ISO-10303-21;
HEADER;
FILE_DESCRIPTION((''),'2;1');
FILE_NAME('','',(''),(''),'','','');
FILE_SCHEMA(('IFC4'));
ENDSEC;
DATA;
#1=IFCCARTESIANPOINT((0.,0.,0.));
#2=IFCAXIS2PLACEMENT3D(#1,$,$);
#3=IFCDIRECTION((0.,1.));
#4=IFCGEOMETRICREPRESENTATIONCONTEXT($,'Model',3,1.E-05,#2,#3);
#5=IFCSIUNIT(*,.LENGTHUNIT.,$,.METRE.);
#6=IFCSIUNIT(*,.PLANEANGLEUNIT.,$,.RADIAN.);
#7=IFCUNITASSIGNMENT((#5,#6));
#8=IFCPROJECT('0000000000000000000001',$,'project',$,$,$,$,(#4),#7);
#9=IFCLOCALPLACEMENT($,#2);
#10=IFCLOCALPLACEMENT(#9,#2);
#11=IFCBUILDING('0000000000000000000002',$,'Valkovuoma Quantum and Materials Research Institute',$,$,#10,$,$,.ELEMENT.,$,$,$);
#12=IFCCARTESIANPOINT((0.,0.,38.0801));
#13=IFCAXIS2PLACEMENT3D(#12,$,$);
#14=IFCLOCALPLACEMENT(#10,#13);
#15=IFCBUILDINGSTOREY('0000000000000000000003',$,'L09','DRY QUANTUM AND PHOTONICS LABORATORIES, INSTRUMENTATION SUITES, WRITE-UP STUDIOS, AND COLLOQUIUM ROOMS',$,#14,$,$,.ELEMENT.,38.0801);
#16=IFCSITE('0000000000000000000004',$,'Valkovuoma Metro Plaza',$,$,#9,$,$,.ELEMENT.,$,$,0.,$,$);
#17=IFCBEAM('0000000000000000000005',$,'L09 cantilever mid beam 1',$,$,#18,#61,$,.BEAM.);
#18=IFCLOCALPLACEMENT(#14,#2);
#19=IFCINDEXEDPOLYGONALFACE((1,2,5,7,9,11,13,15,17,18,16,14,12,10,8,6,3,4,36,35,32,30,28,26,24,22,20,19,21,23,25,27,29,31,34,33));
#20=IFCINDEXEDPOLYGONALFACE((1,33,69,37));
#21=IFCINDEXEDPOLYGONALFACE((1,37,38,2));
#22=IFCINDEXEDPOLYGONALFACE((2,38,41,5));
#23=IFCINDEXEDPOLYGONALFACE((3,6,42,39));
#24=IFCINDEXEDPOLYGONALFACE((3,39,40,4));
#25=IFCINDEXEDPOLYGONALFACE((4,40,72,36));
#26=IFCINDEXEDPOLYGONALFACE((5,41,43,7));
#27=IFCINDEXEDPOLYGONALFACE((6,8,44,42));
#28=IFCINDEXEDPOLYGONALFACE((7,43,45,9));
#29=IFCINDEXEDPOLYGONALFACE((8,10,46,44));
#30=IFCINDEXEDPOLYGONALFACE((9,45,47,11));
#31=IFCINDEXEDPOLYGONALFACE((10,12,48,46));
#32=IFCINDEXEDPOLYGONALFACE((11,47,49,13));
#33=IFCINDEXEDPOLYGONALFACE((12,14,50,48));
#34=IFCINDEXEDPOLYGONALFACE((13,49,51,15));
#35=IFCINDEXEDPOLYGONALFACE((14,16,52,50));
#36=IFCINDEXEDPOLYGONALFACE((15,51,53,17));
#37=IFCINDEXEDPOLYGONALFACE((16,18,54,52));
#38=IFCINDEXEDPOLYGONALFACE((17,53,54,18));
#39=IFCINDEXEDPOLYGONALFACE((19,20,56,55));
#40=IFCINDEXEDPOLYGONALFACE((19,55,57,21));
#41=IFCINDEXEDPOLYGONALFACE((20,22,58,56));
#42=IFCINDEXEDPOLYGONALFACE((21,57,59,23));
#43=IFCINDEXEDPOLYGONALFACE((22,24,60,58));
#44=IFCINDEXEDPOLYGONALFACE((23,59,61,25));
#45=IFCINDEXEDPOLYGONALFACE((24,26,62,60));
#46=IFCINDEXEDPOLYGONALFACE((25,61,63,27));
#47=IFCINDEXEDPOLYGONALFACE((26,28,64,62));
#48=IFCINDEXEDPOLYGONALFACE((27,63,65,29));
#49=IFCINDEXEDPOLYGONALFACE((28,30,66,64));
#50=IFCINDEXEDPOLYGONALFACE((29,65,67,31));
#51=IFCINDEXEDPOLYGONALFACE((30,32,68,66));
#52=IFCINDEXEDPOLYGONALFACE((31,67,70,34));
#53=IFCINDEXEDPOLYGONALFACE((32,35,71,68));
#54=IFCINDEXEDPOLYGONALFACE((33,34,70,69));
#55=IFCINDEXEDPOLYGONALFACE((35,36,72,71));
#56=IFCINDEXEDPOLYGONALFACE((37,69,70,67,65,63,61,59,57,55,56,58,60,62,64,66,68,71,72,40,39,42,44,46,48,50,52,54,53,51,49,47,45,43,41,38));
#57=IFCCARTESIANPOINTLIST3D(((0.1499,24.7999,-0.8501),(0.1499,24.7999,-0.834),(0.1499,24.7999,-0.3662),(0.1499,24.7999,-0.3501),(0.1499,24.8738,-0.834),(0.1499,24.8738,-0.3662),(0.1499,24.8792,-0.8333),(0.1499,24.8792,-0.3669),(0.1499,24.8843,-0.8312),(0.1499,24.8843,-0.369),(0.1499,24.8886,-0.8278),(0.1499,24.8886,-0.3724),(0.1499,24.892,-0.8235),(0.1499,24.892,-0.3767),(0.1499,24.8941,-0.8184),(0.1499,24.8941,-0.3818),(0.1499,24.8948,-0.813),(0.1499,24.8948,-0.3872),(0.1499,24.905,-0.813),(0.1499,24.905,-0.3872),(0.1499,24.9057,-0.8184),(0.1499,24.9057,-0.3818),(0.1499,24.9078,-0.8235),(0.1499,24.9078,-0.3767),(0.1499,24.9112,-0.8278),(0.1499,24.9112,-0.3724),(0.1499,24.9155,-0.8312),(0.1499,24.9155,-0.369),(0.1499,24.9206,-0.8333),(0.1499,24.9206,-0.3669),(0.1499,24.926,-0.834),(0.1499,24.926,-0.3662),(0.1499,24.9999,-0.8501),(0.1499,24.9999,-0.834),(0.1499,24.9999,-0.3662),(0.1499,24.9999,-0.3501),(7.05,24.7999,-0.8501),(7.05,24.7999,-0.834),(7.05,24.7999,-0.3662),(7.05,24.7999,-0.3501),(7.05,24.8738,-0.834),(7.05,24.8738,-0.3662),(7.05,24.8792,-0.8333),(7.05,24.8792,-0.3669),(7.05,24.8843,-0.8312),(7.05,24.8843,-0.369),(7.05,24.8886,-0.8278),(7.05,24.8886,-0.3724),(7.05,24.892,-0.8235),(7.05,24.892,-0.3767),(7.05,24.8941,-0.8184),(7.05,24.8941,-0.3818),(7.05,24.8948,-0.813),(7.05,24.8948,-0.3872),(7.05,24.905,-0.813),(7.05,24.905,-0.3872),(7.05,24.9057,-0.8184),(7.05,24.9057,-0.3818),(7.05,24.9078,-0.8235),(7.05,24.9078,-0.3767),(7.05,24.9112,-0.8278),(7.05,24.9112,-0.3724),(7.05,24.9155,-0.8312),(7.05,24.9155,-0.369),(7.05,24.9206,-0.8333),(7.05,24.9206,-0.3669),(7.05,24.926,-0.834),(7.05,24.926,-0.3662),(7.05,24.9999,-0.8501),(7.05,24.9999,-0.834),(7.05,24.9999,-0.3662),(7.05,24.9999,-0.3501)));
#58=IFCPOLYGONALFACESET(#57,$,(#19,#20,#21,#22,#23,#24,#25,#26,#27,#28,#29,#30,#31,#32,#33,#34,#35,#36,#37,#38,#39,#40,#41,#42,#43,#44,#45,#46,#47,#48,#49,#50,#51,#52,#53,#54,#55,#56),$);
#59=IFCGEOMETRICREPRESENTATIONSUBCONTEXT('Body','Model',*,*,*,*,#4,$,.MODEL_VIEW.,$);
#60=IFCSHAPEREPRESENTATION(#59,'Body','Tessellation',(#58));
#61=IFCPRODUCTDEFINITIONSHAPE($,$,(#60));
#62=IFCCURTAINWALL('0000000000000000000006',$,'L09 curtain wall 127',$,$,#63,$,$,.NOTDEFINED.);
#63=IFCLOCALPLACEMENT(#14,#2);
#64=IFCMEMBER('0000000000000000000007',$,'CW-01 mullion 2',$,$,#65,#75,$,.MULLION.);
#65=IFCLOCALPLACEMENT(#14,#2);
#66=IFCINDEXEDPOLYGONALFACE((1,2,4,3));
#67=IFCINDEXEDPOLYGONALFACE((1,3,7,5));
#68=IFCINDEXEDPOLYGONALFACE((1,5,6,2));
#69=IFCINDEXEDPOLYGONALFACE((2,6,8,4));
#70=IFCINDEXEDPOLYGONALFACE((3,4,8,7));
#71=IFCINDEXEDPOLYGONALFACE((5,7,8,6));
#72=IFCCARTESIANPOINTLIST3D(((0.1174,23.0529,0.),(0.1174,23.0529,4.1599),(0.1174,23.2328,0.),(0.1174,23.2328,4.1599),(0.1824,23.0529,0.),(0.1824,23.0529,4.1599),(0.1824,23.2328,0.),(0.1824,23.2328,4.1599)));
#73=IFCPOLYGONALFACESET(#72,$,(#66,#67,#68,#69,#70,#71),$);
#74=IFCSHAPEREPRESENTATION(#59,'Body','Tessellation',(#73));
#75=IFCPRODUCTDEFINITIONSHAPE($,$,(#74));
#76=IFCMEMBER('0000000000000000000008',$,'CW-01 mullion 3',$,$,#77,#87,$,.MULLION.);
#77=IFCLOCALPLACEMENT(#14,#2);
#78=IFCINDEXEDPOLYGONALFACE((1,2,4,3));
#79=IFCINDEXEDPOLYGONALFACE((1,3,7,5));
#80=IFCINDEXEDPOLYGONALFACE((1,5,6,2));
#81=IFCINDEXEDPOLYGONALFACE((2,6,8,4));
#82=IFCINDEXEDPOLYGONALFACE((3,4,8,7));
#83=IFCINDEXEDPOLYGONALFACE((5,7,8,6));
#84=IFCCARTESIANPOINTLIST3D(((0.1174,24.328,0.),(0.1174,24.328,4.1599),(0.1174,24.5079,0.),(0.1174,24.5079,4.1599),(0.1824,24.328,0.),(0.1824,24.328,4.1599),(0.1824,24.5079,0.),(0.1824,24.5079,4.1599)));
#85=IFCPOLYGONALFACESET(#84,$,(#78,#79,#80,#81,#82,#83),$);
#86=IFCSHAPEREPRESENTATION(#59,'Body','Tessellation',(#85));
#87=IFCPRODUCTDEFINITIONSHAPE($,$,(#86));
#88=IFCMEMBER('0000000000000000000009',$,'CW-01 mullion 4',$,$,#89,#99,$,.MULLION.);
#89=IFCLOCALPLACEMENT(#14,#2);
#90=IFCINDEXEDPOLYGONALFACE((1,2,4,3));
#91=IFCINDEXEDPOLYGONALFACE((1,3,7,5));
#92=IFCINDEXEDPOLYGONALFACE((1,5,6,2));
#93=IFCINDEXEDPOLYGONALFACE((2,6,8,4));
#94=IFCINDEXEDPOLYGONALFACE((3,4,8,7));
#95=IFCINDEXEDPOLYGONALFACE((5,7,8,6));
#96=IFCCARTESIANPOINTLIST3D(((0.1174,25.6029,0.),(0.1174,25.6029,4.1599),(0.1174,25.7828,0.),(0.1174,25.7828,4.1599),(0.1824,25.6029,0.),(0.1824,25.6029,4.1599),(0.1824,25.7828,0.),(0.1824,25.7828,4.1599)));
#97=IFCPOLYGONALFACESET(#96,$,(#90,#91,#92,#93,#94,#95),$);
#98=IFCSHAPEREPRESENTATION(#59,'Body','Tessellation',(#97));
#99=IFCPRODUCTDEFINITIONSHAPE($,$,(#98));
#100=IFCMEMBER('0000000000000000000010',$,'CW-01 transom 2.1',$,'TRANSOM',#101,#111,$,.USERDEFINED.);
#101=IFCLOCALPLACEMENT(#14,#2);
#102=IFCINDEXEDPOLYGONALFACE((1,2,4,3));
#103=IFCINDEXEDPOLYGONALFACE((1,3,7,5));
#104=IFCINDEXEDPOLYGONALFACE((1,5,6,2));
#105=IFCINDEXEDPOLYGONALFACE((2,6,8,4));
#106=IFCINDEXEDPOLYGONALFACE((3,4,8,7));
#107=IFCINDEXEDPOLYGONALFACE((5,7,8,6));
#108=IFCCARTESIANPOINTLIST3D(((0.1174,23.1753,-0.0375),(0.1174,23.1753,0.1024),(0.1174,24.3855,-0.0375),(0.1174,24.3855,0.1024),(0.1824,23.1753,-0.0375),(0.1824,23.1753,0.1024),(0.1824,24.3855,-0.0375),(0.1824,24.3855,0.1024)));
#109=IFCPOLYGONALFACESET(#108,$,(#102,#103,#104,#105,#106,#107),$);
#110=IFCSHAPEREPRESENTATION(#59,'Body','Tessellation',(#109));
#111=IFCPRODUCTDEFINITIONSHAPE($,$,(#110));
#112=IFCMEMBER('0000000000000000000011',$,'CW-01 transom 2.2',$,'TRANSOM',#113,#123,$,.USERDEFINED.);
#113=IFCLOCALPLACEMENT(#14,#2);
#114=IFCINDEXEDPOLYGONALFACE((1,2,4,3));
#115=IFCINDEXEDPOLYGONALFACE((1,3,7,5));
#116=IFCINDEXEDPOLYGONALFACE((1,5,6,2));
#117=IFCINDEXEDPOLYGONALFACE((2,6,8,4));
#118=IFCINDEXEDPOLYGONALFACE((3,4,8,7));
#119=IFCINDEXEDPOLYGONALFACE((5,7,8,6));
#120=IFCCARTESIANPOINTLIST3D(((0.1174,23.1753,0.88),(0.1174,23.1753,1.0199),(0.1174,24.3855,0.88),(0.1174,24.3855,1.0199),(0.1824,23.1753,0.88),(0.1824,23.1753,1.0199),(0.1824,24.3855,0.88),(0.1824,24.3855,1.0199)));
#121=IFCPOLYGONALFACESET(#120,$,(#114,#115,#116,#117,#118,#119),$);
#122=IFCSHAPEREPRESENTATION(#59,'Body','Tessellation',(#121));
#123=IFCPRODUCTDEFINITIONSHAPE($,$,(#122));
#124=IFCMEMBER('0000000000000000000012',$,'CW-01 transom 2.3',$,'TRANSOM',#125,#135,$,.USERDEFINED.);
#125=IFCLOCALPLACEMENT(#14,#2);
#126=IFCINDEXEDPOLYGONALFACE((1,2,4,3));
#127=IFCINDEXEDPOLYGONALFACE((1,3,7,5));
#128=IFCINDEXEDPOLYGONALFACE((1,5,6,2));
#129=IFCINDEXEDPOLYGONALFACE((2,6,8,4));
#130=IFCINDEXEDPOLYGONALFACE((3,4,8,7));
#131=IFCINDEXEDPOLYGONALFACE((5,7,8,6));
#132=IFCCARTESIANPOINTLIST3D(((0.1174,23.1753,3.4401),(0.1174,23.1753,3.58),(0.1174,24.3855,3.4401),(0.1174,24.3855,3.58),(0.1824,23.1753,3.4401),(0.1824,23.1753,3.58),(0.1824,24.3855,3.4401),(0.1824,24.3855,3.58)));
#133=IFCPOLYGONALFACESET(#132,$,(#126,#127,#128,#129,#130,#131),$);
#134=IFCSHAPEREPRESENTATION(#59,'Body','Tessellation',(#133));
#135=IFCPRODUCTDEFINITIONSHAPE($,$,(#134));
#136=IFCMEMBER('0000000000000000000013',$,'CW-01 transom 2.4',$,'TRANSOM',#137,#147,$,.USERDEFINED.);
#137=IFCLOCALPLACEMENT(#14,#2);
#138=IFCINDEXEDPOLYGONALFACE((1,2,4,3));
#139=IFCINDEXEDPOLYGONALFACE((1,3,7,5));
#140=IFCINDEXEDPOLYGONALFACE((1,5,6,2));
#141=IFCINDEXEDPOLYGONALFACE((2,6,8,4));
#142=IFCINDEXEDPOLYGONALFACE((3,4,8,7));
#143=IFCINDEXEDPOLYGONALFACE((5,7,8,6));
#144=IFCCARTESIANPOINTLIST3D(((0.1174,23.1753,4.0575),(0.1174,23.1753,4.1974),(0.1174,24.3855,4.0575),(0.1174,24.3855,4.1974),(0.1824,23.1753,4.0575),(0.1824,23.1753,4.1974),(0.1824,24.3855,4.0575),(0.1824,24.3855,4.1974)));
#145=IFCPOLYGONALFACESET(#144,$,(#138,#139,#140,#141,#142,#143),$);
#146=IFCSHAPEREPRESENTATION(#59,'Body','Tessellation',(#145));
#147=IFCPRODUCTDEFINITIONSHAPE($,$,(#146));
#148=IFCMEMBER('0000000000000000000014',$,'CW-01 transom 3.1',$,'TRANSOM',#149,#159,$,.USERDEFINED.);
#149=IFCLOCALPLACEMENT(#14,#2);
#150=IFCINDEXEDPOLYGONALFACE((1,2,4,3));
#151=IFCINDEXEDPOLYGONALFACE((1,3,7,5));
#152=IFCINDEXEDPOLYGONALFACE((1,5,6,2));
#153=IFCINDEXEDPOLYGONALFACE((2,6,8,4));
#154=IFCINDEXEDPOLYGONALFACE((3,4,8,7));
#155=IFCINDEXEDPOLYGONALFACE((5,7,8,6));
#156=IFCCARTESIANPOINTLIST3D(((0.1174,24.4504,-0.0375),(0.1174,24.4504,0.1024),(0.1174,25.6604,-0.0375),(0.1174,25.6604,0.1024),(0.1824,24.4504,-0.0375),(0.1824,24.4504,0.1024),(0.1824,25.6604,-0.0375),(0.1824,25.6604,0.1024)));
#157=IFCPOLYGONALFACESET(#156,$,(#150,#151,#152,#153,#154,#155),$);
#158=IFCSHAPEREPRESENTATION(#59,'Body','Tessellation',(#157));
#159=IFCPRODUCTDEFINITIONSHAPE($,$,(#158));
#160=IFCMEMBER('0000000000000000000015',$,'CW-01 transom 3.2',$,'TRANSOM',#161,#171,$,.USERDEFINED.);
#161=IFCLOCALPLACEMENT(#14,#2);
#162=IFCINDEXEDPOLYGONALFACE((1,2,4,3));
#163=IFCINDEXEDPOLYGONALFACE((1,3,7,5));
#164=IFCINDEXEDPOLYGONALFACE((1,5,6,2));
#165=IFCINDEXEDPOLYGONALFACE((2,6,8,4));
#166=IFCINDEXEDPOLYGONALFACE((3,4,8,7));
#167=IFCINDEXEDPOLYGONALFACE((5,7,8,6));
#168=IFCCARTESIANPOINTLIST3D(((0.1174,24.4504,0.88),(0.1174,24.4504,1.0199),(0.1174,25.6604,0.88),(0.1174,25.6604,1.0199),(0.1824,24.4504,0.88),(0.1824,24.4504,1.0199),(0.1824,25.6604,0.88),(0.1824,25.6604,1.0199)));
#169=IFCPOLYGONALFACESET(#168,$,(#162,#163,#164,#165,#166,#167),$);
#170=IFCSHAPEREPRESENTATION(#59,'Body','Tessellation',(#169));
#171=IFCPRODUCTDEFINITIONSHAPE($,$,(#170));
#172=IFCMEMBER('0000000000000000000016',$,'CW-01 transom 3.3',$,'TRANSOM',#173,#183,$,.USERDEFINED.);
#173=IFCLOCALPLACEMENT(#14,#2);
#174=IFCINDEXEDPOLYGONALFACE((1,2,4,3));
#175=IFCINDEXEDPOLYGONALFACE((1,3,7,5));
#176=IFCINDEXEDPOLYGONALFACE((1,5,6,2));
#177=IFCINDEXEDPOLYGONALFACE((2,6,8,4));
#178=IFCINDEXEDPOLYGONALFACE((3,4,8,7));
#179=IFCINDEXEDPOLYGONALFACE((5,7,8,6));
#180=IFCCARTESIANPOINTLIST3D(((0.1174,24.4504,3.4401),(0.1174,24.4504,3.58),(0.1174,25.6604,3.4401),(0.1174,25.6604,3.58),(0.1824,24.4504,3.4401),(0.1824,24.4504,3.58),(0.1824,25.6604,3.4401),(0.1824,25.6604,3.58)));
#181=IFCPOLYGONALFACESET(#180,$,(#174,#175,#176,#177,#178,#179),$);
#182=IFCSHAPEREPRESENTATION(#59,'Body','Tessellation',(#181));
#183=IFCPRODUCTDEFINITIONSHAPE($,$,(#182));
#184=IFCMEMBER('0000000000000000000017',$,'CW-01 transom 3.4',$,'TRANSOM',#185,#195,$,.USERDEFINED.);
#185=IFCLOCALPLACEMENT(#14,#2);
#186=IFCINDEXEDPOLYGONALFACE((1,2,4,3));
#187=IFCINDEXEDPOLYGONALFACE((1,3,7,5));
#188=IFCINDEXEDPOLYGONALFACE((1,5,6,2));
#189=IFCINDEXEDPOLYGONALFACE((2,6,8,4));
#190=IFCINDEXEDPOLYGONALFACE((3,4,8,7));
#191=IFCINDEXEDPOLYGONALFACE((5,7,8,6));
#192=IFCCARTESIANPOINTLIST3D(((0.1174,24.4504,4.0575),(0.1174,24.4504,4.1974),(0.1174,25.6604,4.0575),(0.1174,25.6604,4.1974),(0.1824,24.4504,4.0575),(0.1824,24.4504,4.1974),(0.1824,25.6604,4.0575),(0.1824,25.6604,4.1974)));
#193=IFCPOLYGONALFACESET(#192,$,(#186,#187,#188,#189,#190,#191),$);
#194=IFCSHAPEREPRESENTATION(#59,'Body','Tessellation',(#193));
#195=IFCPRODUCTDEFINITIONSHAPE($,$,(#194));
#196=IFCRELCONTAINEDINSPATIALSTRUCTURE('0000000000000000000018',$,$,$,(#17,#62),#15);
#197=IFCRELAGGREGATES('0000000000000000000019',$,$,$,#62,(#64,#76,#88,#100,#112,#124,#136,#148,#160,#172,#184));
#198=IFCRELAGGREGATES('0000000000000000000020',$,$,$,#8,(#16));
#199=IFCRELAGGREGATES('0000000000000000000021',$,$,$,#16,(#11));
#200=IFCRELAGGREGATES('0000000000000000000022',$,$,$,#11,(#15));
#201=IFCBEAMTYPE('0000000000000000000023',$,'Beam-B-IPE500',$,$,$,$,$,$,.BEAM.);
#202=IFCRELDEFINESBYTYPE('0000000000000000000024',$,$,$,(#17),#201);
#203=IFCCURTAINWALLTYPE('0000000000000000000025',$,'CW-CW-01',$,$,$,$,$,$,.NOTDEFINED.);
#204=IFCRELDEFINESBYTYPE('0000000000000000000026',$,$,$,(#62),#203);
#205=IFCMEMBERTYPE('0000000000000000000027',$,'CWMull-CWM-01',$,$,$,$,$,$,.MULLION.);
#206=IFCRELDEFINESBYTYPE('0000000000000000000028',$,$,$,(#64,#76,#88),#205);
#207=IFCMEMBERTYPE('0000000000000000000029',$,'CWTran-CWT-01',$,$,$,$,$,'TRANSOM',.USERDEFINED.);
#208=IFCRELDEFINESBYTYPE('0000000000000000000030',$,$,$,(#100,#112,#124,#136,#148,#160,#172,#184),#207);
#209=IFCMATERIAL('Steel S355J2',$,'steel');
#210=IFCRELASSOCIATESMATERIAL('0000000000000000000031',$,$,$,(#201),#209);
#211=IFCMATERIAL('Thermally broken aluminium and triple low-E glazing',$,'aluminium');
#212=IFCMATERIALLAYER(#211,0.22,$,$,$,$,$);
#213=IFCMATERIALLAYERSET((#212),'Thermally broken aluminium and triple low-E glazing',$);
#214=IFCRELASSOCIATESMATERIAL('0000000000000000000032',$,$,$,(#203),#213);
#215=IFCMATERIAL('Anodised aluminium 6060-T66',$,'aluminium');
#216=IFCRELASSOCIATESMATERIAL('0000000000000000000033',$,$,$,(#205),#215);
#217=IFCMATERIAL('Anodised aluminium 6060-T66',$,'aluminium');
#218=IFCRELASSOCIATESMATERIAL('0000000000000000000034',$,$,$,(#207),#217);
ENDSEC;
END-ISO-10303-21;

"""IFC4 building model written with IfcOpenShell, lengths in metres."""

from ifc_helpers import new_model, si_unit, direction, frame, origin, origin_2d, place, context, subcontext, project, spatial, rectangle, i_section, extrude, material, layer, layer_set, material_profile, profile_set, type_object, element, aggregate, save


model = new_model("IFC4")

# Units and contexts
model_context = context("Model", 3, precision=1e-05, world=origin(), true_north=direction((0.0, 1.0)))
body_context = subcontext(model_context, "Body", "Model", "MODEL_VIEW")
ifc_project = project(units=[si_unit("LENGTHUNIT", "METRE"), si_unit("PLANEANGLEUNIT", "RADIAN")], contexts=[model_context])

# Site, building, storey
site_placement = place(None, origin())
site = spatial("IfcSite", under=ifc_project, at=site_placement, Name="Valkovuoma Metro Plaza", CompositionType="ELEMENT", RefElevation=0.0)
building_placement = place(site_placement, origin())
building = spatial("IfcBuilding", under=site, at=building_placement, Name="Valkovuoma Quantum and Materials Research Institute", CompositionType="ELEMENT")
storey_placement = place(building_placement, frame((0.0, 0.0, 38.0801)))
storey = spatial("IfcBuildingStorey", under=building, at=storey_placement, Name="L09", Description="DRY QUANTUM AND PHOTONICS LABORATORIES, INSTRUMENTATION SUITES, WRITE-UP STUDIOS, AND COLLOQUIUM ROOMS", CompositionType="ELEMENT", Elevation=38.0801)

# Beam
ifc_material_1 = material(Name="Steel S355J2", Category="steel")
ifc_material_profile_1 = material_profile(ifc_material_1, i_section(OverallWidth=0.2, OverallDepth=0.5, WebThickness=0.0103, FlangeThickness=0.0161, FilletRadius=0.021, at=origin_2d()), Name="Steel S355J2")
ifc_profile_set_1 = profile_set([ifc_material_profile_1], Name="Steel S355J2")
beam_type = type_object("IfcBeamType", Name="Beam-B-IPE500", PredefinedType="BEAM", material=ifc_profile_set_1)
beam_placement = place(storey_placement, frame((0.1499, 24.8999, -0.6001), z_axis=(1.0, 0.0, 0.0), x_axis=(0.0, 1.0, 0.0)))
element("IfcBeam", 1, at=beam_placement, inside=storey, type_object=beam_type, Name="L09 cantilever mid beam 1", PredefinedType="BEAM", context=body_context, shape_type="SweptSolid", body=[
    extrude(i_section(OverallWidth=0.2, OverallDepth=0.5, WebThickness=0.0103, FlangeThickness=0.0161, FilletRadius=0.021, at=origin_2d()), origin(), (0.0, 0.0, 1.0), 6.9001),
])

# Curtain wall, members
ifc_material_2 = material(Name="Thermally broken aluminium and triple low-E glazing", Category="aluminium")
ifc_layer_1 = layer(ifc_material_2, 0.22)
ifc_layer_set_1 = layer_set([ifc_layer_1], Name="Thermally broken aluminium and triple low-E glazing")
curtain_wall_type = type_object("IfcCurtainWallType", Name="CW-CW-01", PredefinedType="NOTDEFINED", material=ifc_layer_set_1)
curtain_wall_placement = place(storey_placement, origin())
curtain_wall = element("IfcCurtainWall", 2, at=curtain_wall_placement, inside=storey, type_object=curtain_wall_type, Name="L09 curtain wall 127", PredefinedType="NOTDEFINED")
ifc_material_3 = material(Name="Anodised aluminium 6060-T66", Category="aluminium")
ifc_material_profile_2 = material_profile(ifc_material_3, rectangle(XDim=0.0649, YDim=0.1799, at=origin_2d()), Name="Anodised aluminium 6060-T66")
ifc_profile_set_2 = profile_set([ifc_material_profile_2], Name="Anodised aluminium 6060-T66")
member_type_1 = type_object("IfcMemberType", Name="CWMull-CWM-01", PredefinedType="MULLION", material=ifc_profile_set_2)
member_1_placement = place(storey_placement, frame((0.1499, 23.1428, 0.0), z_axis=(0.0, 0.0, 1.0), x_axis=(-1.0, 0.0, 0.0)))
member_1 = element("IfcMember", 3, at=member_1_placement, type_object=member_type_1, Name="CW-01 mullion 2", PredefinedType="MULLION", context=body_context, shape_type="SweptSolid", body=[
    extrude(rectangle(XDim=0.0649, YDim=0.1799, at=origin_2d()), origin(), (0.0, 0.0, 1.0), 4.1599),
])
member_2_placement = place(storey_placement, frame((0.1499, 24.418, 0.0), z_axis=(0.0, 0.0, 1.0), x_axis=(-1.0, 0.0, 0.0)))
member_2 = element("IfcMember", 4, at=member_2_placement, type_object=member_type_1, Name="CW-01 mullion 3", PredefinedType="MULLION", context=body_context, shape_type="SweptSolid", body=[
    extrude(rectangle(XDim=0.0649, YDim=0.1799, at=origin_2d()), origin(), (0.0, 0.0, 1.0), 4.1599),
])
member_3_placement = place(storey_placement, frame((0.1499, 25.6929, 0.0), z_axis=(0.0, 0.0, 1.0), x_axis=(-1.0, 0.0, 0.0)))
member_3 = element("IfcMember", 5, at=member_3_placement, type_object=member_type_1, Name="CW-01 mullion 4", PredefinedType="MULLION", context=body_context, shape_type="SweptSolid", body=[
    extrude(rectangle(XDim=0.0649, YDim=0.1799, at=origin_2d()), origin(), (0.0, 0.0, 1.0), 4.1599),
])
ifc_material_4 = material(Name="Anodised aluminium 6060-T66", Category="aluminium")
ifc_material_profile_3 = material_profile(ifc_material_4, rectangle(XDim=0.0649, YDim=0.1399, at=origin_2d()), Name="Anodised aluminium 6060-T66")
ifc_profile_set_3 = profile_set([ifc_material_profile_3], Name="Anodised aluminium 6060-T66")
member_type_2 = type_object("IfcMemberType", Name="CWTran-CWT-01", ElementType="TRANSOM", PredefinedType="USERDEFINED", material=ifc_profile_set_3)
member_4_placement = place(storey_placement, frame((0.1499, 23.1753, 0.0325), z_axis=(0.0, 1.0, 0.0), x_axis=(-1.0, 0.0, 0.0)))
member_4 = element("IfcMember", 6, at=member_4_placement, type_object=member_type_2, Name="CW-01 transom 2.1", ObjectType="TRANSOM", PredefinedType="USERDEFINED", context=body_context, shape_type="SweptSolid", body=[
    extrude(rectangle(XDim=0.0649, YDim=0.1399, at=origin_2d()), origin(), (0.0, 0.0, 1.0), 1.2102),
])
member_5_placement = place(storey_placement, frame((0.1499, 23.1753, 0.95), z_axis=(0.0, 1.0, 0.0), x_axis=(-1.0, 0.0, 0.0)))
member_5 = element("IfcMember", 7, at=member_5_placement, type_object=member_type_2, Name="CW-01 transom 2.2", ObjectType="TRANSOM", PredefinedType="USERDEFINED", context=body_context, shape_type="SweptSolid", body=[
    extrude(rectangle(XDim=0.0649, YDim=0.1399, at=origin_2d()), origin(), (0.0, 0.0, 1.0), 1.2102),
])
member_6_placement = place(storey_placement, frame((0.1499, 23.1753, 3.51), z_axis=(0.0, 1.0, 0.0), x_axis=(-1.0, 0.0, 0.0)))
member_6 = element("IfcMember", 8, at=member_6_placement, type_object=member_type_2, Name="CW-01 transom 2.3", ObjectType="TRANSOM", PredefinedType="USERDEFINED", context=body_context, shape_type="SweptSolid", body=[
    extrude(rectangle(XDim=0.0649, YDim=0.1399, at=origin_2d()), origin(), (0.0, 0.0, 1.0), 1.2102),
])
member_7_placement = place(storey_placement, frame((0.1499, 23.1753, 4.1274), z_axis=(0.0, 1.0, 0.0), x_axis=(-1.0, 0.0, 0.0)))
member_7 = element("IfcMember", 9, at=member_7_placement, type_object=member_type_2, Name="CW-01 transom 2.4", ObjectType="TRANSOM", PredefinedType="USERDEFINED", context=body_context, shape_type="SweptSolid", body=[
    extrude(rectangle(XDim=0.0649, YDim=0.1399, at=origin_2d()), origin(), (0.0, 0.0, 1.0), 1.2102),
])
member_8_placement = place(storey_placement, frame((0.1499, 24.4504, 0.0325), z_axis=(0.0, 1.0, 0.0), x_axis=(-1.0, 0.0, 0.0)))
member_8 = element("IfcMember", 10, at=member_8_placement, type_object=member_type_2, Name="CW-01 transom 3.1", ObjectType="TRANSOM", PredefinedType="USERDEFINED", context=body_context, shape_type="SweptSolid", body=[
    extrude(rectangle(XDim=0.0649, YDim=0.1399, at=origin_2d()), origin(), (0.0, 0.0, 1.0), 1.21),
])
member_9_placement = place(storey_placement, frame((0.1499, 24.4504, 0.95), z_axis=(0.0, 1.0, 0.0), x_axis=(-1.0, 0.0, 0.0)))
member_9 = element("IfcMember", 11, at=member_9_placement, type_object=member_type_2, Name="CW-01 transom 3.2", ObjectType="TRANSOM", PredefinedType="USERDEFINED", context=body_context, shape_type="SweptSolid", body=[
    extrude(rectangle(XDim=0.0649, YDim=0.1399, at=origin_2d()), origin(), (0.0, 0.0, 1.0), 1.21),
])
member_10_placement = place(storey_placement, frame((0.1499, 24.4504, 3.51), z_axis=(0.0, 1.0, 0.0), x_axis=(-1.0, 0.0, 0.0)))
member_10 = element("IfcMember", 12, at=member_10_placement, type_object=member_type_2, Name="CW-01 transom 3.3", ObjectType="TRANSOM", PredefinedType="USERDEFINED", context=body_context, shape_type="SweptSolid", body=[
    extrude(rectangle(XDim=0.0649, YDim=0.1399, at=origin_2d()), origin(), (0.0, 0.0, 1.0), 1.21),
])
member_11_placement = place(storey_placement, frame((0.1499, 24.4504, 4.1274), z_axis=(0.0, 1.0, 0.0), x_axis=(-1.0, 0.0, 0.0)))
member_11 = element("IfcMember", 13, at=member_11_placement, type_object=member_type_2, Name="CW-01 transom 3.4", ObjectType="TRANSOM", PredefinedType="USERDEFINED", context=body_context, shape_type="SweptSolid", body=[
    extrude(rectangle(XDim=0.0649, YDim=0.1399, at=origin_2d()), origin(), (0.0, 0.0, 1.0), 1.21),
])
aggregate(curtain_wall, [member_1, member_2, member_3, member_4, member_5, member_6, member_7, member_8, member_9, member_10, member_11])

save(model, "model.ifc")
